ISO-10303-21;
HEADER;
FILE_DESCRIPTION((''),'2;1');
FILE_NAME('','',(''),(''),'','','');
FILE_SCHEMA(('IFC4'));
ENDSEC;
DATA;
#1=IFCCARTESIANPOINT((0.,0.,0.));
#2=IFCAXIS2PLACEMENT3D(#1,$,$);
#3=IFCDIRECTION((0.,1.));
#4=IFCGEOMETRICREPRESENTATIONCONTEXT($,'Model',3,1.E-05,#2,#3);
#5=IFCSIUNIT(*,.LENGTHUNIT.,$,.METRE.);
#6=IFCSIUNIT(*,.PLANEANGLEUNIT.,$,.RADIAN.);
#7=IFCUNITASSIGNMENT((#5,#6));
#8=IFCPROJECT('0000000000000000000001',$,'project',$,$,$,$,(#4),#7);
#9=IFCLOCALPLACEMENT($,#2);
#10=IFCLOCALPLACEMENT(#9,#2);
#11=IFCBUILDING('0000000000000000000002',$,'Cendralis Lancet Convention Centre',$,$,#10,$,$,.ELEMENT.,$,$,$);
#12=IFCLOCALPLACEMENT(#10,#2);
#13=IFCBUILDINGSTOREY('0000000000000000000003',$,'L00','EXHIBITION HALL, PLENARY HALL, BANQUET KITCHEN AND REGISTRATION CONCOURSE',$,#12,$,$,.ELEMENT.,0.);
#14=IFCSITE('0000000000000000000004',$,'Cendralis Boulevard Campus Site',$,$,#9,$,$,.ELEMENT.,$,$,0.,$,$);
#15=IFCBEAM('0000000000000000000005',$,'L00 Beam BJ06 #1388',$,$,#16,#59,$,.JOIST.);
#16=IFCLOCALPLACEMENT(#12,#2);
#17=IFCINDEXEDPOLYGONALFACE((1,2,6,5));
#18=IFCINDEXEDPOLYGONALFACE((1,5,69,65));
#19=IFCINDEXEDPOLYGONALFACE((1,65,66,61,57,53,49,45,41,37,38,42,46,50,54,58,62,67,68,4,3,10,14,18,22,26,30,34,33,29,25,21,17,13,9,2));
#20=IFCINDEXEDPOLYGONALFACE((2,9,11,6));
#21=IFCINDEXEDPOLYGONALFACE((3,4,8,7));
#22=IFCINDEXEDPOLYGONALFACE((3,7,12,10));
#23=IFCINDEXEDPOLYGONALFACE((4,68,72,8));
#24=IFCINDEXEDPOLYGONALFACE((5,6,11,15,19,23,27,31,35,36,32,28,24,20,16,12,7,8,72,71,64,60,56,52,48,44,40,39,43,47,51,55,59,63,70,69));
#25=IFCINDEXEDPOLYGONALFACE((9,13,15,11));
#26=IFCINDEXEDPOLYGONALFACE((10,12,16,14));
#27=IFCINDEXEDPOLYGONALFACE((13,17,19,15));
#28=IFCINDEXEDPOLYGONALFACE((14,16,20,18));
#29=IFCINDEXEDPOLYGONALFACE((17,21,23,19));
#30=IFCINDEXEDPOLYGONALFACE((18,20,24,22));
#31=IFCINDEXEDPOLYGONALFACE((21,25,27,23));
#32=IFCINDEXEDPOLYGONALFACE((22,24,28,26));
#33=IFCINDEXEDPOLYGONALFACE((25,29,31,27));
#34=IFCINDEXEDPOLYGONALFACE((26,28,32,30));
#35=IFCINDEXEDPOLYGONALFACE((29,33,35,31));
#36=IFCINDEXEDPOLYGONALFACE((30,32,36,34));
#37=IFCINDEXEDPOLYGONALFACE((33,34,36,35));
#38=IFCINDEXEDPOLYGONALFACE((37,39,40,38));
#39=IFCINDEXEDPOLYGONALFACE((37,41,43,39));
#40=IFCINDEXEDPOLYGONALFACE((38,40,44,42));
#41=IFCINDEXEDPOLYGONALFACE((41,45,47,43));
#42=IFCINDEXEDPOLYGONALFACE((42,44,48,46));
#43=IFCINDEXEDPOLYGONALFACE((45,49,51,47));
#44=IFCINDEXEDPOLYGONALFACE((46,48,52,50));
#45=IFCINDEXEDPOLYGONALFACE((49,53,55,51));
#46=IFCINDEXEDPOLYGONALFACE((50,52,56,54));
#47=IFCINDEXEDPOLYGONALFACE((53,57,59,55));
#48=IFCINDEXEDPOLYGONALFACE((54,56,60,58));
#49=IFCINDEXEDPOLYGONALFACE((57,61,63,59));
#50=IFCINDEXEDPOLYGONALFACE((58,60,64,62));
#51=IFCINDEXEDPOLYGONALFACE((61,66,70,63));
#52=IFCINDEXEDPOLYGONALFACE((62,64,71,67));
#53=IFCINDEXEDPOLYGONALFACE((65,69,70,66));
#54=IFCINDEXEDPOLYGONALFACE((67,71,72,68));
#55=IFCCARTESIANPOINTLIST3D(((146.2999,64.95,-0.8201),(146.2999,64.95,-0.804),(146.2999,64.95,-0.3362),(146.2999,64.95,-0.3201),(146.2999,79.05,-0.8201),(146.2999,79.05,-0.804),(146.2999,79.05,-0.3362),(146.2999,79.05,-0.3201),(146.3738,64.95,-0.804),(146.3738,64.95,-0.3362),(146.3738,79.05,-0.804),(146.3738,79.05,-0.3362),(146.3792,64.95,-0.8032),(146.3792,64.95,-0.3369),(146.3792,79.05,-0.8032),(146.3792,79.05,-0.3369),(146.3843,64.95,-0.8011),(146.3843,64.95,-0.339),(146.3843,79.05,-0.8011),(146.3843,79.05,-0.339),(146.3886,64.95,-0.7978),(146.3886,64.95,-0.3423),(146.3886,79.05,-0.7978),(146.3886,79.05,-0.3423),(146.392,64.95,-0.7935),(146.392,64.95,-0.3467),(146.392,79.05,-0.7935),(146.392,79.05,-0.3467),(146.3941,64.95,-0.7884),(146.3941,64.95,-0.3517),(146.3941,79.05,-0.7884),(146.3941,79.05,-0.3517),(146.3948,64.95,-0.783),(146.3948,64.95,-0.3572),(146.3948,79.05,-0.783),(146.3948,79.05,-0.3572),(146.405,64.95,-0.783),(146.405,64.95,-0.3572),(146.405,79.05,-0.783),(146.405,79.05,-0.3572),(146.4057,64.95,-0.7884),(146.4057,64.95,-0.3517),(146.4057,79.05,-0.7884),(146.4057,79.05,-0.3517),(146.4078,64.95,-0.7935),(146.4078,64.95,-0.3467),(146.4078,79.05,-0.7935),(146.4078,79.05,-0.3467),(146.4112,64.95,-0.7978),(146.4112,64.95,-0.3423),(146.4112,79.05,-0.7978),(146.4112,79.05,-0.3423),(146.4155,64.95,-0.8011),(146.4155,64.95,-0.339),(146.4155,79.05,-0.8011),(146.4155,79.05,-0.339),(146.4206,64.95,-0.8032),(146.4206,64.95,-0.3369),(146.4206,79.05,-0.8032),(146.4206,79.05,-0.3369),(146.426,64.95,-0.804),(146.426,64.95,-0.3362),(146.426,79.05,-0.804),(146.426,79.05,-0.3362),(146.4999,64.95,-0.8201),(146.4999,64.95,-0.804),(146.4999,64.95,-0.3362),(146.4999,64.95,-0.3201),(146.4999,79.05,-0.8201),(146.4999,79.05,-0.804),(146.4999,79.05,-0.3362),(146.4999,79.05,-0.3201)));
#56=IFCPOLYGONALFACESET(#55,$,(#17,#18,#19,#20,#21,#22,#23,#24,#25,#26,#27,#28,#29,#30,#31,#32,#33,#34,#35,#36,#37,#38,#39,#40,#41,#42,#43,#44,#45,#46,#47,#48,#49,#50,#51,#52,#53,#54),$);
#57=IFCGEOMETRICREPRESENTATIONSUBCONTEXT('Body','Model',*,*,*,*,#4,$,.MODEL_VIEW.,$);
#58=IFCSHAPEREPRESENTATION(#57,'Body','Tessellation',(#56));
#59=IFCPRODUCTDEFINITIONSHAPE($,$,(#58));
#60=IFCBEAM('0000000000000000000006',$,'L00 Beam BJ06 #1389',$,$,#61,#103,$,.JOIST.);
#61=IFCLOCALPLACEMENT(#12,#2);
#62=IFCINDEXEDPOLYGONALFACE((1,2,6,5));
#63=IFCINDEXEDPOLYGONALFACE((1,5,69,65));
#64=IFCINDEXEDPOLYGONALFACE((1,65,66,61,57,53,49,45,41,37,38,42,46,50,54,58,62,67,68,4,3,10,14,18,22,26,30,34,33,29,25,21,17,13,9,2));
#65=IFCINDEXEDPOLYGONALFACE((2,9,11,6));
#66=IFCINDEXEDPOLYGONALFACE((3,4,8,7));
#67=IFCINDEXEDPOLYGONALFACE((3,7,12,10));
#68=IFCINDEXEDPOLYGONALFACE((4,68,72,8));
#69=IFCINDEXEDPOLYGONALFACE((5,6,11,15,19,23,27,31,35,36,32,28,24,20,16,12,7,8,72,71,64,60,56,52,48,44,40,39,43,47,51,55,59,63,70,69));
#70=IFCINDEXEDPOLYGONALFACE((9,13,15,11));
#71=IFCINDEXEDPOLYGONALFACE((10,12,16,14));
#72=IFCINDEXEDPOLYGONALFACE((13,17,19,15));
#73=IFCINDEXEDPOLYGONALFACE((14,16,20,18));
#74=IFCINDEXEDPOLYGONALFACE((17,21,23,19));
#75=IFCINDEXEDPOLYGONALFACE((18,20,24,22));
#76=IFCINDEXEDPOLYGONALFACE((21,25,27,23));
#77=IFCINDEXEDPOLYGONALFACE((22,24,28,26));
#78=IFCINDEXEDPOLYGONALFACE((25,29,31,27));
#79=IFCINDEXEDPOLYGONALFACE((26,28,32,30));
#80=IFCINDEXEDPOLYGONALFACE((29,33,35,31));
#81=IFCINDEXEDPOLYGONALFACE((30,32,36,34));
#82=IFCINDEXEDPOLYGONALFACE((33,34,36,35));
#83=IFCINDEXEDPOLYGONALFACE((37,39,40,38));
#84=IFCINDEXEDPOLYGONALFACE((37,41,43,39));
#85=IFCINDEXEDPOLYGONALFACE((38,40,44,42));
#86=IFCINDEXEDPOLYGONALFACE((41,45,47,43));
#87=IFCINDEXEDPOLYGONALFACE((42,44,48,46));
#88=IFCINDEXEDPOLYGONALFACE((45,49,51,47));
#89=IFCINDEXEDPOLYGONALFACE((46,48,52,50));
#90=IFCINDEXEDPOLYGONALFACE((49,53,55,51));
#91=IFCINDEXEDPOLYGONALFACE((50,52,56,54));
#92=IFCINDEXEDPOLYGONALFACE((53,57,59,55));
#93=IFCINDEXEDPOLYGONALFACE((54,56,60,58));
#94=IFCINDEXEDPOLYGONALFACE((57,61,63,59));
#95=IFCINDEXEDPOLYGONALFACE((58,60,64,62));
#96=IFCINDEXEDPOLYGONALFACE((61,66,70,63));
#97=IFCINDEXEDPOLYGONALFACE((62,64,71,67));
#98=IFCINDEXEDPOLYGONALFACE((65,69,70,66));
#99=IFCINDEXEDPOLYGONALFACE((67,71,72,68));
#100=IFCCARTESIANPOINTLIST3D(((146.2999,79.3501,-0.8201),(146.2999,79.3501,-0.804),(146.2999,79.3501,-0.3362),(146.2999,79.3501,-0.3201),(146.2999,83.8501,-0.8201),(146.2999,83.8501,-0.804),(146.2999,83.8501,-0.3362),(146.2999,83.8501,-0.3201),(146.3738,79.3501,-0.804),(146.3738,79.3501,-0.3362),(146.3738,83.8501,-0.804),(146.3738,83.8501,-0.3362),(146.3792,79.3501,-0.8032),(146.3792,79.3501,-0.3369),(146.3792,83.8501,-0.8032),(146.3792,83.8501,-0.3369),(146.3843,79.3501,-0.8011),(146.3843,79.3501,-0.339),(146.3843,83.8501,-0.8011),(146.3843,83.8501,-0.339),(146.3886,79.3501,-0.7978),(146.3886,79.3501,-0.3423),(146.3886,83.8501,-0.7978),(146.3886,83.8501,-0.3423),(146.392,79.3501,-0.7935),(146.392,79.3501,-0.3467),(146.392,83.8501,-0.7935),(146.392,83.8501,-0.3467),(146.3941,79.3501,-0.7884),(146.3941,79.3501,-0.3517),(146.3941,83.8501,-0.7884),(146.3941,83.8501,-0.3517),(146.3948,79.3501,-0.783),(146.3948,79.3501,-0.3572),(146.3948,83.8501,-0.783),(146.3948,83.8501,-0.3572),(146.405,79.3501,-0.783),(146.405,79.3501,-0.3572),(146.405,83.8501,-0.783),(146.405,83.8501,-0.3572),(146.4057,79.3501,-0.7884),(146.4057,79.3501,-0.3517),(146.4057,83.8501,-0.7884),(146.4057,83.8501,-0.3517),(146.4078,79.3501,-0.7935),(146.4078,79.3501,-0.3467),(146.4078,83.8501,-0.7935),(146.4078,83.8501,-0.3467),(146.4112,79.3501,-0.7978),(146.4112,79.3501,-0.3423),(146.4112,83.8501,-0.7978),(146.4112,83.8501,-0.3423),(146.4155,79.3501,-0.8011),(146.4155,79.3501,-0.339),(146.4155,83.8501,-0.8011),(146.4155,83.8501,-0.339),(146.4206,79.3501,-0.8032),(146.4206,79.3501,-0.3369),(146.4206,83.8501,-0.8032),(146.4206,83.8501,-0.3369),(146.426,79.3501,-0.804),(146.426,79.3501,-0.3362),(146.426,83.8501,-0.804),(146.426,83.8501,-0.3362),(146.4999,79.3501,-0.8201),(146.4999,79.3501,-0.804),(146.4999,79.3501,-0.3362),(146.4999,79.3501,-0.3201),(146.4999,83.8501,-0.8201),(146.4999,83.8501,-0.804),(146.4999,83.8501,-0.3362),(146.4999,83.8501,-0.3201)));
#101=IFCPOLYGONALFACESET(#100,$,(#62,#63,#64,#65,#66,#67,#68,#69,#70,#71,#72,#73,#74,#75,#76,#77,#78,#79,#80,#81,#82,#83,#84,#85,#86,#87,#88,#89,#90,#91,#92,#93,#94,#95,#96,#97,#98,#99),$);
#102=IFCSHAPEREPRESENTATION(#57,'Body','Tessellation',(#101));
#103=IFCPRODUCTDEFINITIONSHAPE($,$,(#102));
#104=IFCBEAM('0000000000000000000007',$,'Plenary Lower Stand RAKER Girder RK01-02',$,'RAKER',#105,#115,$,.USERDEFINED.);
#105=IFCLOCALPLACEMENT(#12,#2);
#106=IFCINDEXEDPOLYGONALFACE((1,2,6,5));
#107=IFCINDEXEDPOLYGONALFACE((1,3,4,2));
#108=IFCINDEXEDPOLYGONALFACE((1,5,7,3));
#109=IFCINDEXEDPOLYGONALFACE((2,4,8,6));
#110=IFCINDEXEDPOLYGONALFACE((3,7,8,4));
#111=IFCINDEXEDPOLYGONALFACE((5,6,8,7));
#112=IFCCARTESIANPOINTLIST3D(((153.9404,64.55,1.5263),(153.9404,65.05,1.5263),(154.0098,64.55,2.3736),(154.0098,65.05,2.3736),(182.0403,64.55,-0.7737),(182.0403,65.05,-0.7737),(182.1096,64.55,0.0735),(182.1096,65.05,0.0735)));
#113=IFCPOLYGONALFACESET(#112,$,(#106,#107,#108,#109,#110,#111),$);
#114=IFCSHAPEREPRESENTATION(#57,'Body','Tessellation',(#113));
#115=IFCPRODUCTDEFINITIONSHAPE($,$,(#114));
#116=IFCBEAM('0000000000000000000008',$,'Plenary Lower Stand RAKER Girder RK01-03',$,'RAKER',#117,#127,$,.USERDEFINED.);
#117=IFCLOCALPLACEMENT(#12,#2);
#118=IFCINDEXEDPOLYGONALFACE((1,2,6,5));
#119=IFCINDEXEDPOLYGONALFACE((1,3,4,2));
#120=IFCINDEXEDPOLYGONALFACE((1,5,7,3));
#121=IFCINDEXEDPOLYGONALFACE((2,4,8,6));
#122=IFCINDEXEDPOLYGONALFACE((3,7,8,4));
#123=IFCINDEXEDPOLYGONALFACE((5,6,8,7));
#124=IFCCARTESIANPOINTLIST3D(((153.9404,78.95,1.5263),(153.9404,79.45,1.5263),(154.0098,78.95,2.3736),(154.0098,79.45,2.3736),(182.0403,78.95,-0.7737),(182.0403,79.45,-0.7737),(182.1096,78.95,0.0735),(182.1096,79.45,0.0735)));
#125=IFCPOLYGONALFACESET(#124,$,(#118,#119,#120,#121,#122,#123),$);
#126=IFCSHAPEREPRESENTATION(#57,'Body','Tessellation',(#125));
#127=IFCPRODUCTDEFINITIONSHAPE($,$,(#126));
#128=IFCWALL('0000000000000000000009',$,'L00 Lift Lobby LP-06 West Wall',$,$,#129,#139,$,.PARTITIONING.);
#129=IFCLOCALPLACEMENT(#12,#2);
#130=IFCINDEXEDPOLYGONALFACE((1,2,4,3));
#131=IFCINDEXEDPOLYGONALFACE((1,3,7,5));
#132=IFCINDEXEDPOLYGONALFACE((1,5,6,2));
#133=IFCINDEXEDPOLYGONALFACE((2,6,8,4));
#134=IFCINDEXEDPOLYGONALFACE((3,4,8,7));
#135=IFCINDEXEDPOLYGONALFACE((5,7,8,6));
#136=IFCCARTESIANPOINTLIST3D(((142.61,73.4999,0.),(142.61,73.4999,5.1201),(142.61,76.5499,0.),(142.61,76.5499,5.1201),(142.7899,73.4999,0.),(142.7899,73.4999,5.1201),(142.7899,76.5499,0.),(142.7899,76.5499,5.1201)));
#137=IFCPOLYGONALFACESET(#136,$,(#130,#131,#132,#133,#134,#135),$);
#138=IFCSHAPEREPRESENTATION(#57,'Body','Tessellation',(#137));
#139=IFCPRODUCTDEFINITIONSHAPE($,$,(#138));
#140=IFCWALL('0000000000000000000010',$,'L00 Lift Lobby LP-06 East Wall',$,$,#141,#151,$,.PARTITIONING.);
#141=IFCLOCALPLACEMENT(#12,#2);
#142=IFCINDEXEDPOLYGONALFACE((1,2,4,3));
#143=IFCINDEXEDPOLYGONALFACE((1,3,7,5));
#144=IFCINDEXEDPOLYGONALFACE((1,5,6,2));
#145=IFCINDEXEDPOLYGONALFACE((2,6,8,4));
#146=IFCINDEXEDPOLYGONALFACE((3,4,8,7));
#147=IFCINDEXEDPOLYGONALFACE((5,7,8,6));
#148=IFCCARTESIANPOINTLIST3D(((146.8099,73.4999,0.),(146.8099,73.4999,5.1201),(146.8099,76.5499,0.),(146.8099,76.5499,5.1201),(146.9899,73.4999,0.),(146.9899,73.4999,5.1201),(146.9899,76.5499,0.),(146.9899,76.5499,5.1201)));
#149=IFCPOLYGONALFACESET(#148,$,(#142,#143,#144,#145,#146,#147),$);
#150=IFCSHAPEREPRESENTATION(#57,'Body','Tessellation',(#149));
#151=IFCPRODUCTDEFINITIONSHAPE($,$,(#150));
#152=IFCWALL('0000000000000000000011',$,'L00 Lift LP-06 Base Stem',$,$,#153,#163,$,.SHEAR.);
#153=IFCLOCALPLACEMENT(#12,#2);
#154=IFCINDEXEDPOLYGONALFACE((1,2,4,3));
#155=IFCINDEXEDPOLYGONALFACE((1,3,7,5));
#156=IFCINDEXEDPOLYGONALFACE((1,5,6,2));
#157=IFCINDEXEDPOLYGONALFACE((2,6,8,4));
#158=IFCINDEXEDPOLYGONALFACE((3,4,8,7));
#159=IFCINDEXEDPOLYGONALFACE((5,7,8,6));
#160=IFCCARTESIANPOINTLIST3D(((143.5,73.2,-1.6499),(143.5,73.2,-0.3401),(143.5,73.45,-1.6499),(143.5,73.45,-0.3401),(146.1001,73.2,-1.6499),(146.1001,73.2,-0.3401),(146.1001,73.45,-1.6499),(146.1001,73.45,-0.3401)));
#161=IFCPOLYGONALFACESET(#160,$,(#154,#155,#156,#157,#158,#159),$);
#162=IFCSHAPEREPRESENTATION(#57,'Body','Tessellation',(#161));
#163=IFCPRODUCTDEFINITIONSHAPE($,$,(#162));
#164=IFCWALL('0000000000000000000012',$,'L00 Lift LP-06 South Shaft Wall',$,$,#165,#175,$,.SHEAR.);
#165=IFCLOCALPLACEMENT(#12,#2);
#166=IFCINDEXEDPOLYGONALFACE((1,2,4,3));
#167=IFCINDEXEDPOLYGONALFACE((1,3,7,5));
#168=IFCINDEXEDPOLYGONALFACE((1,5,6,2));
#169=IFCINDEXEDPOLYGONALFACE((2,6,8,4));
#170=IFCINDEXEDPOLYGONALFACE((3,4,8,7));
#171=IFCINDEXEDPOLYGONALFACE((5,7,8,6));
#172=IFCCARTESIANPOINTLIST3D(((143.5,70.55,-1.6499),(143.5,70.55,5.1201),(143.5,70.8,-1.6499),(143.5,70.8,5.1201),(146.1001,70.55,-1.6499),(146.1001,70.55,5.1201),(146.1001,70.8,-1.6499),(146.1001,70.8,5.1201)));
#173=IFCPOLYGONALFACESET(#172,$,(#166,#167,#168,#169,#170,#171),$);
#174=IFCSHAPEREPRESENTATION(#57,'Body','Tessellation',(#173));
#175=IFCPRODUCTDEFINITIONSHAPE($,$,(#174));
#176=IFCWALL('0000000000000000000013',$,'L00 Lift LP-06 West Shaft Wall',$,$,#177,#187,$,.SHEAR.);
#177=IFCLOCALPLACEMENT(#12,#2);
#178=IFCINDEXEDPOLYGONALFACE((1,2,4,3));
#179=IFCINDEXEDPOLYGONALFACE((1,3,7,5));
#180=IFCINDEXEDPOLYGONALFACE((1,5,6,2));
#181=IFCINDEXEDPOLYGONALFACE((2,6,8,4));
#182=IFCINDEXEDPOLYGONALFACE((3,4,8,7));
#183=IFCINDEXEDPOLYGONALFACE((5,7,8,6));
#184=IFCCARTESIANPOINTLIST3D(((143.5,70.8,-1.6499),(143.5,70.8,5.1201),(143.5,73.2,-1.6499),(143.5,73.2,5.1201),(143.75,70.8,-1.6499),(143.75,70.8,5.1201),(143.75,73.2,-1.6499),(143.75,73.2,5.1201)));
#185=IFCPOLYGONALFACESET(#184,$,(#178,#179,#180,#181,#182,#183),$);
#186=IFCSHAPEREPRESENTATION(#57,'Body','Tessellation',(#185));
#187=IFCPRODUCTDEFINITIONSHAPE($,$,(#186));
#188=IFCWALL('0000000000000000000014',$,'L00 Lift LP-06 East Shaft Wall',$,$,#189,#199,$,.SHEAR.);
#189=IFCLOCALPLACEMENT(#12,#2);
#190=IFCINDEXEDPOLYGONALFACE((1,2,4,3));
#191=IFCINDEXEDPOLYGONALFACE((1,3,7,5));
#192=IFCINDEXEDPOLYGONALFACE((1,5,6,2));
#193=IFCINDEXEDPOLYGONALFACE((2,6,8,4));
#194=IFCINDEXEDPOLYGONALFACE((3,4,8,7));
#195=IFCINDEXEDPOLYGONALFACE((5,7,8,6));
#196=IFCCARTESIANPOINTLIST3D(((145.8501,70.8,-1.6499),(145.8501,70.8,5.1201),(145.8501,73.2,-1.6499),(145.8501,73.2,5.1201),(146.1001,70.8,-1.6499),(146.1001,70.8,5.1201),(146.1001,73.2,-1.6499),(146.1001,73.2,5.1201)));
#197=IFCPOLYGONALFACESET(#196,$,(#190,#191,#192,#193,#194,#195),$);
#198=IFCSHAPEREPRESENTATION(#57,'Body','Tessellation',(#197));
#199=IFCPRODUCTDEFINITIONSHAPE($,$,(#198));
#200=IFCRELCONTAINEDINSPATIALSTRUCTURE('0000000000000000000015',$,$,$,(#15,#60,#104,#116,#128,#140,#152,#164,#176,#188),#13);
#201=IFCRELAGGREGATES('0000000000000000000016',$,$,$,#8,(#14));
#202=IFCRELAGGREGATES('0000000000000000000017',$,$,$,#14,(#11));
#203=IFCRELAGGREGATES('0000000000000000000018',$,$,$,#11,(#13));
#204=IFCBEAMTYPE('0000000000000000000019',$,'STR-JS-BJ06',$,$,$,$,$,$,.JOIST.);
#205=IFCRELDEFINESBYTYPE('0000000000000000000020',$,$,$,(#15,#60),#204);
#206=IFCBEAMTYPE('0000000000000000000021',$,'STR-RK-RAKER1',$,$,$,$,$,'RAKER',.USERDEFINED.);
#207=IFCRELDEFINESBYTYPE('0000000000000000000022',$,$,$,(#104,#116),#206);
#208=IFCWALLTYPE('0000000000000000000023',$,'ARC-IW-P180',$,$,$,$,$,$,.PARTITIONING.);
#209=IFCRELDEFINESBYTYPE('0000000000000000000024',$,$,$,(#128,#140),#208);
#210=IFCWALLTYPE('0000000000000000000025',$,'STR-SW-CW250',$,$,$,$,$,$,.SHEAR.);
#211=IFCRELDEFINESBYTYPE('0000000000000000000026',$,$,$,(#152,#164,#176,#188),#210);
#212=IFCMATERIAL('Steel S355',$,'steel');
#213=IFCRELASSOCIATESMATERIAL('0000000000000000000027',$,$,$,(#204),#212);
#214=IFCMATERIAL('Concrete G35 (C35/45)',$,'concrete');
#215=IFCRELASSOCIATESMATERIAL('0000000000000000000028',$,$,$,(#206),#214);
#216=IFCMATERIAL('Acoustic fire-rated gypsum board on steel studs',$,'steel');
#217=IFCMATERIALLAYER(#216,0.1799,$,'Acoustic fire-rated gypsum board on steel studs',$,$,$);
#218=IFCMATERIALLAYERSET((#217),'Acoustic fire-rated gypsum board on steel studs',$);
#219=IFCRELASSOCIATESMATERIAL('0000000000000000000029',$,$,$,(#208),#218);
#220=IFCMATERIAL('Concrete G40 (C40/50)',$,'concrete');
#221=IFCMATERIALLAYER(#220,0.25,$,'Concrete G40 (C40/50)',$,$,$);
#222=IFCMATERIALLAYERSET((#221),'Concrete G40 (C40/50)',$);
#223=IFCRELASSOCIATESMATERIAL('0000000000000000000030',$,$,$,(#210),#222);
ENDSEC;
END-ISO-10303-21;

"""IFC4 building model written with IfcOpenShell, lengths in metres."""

from ifc_helpers import new_model, si_unit, direction, frame, frame_2d, origin, origin_2d, place, context, subcontext, project, spatial, rectangle, i_section, extrude, material, layer, layer_set, material_profile, profile_set, type_object, element, save


model = new_model("IFC4")

# Units and contexts
model_context = context("Model", 3, precision=1e-05, world=origin(), true_north=direction((0.0, 1.0)))
body_context = subcontext(model_context, "Body", "Model", "MODEL_VIEW")
ifc_project = project(units=[si_unit("LENGTHUNIT", "METRE"), si_unit("PLANEANGLEUNIT", "RADIAN")], contexts=[model_context])

# Site, building, storey
site_placement = place(None, origin())
site = spatial("IfcSite", under=ifc_project, at=site_placement, Name="Cendralis Boulevard Campus Site", CompositionType="ELEMENT", RefElevation=0.0)
building_placement = place(site_placement, origin())
building = spatial("IfcBuilding", under=site, at=building_placement, Name="Cendralis Lancet Convention Centre", CompositionType="ELEMENT")
storey_placement = place(building_placement, origin())
storey = spatial("IfcBuildingStorey", under=building, at=storey_placement, Name="L00", Description="EXHIBITION HALL, PLENARY HALL, BANQUET KITCHEN AND REGISTRATION CONCOURSE", CompositionType="ELEMENT", Elevation=0.0)

# Shared definitions
ifc_material_1 = material(Name="Concrete G35 (C35/45)", Category="concrete")

# Shared definitions
ifc_material_2 = material(Name="Concrete G40 (C40/50)", Category="concrete")

# Beams
ifc_material_3 = material(Name="Steel S355", Category="steel")
ifc_material_profile_1 = material_profile(ifc_material_3, i_section(OverallWidth=0.2, OverallDepth=0.5, WebThickness=0.0103, FlangeThickness=0.0161, FilletRadius=0.021, at=origin_2d()), Name="IPE 500")
ifc_profile_set_1 = profile_set([ifc_material_profile_1], Name="Steel S355")
beam_type_1 = type_object("IfcBeamType", Name="STR-JS-BJ06", PredefinedType="JOIST", material=ifc_profile_set_1)
beam_1_placement = place(storey_placement, frame((146.3999, 64.95, -0.5701), z_axis=(0.0, 1.0, 0.0), x_axis=(-1.0, 0.0, 0.0)))
element("IfcBeam", 1, at=beam_1_placement, inside=storey, type_object=beam_type_1, Name="L00 Beam BJ06 #1388", PredefinedType="JOIST", context=body_context, shape_type="SweptSolid", body=[
    extrude(i_section(OverallWidth=0.2, OverallDepth=0.5, WebThickness=0.0103, FlangeThickness=0.0161, FilletRadius=0.021, at=origin_2d()), origin(), (0.0, 0.0, 1.0), 14.1001),
])
beam_2_placement = place(storey_placement, frame((146.3999, 79.3501, -0.5701), z_axis=(0.0, 1.0, 0.0), x_axis=(-1.0, 0.0, 0.0)))
element("IfcBeam", 2, at=beam_2_placement, inside=storey, type_object=beam_type_1, Name="L00 Beam BJ06 #1389", PredefinedType="JOIST", context=body_context, shape_type="SweptSolid", body=[
    extrude(i_section(OverallWidth=0.2, OverallDepth=0.5, WebThickness=0.0103, FlangeThickness=0.0161, FilletRadius=0.021, at=origin_2d()), origin(), (0.0, 0.0, 1.0), 4.5),
])
ifc_material_profile_2 = material_profile(ifc_material_1, rectangle(XDim=0.5, YDim=0.8501, at=origin_2d()), Name="RCB 500x850")
ifc_profile_set_2 = profile_set([ifc_material_profile_2], Name="Concrete G35 (C35/45)")
beam_type_2 = type_object("IfcBeamType", Name="STR-RK-RAKER1", ElementType="RAKER", PredefinedType="USERDEFINED", material=ifc_profile_set_2)
for number, where, z_axis, x_axis, name in (
    (3, (153.9751, 64.8, 1.95), (0.996667, 0.0, -0.08158), (0.0, 1.0, 0.0), "Plenary Lower Stand RAKER Girder RK01-02"),
    (4, (153.9751, 79.2, 1.95), (0.996667, 0.0, -0.08158), (0.0, 1.0, 0.0), "Plenary Lower Stand RAKER Girder RK01-03"),
):
    element("IfcBeam", number, at=place(storey_placement, frame(where, z_axis=z_axis, x_axis=x_axis)), inside=storey, type_object=beam_type_2, Name=name, ObjectType="RAKER", PredefinedType="USERDEFINED", context=body_context, shape_type="SweptSolid", body=[
        extrude(rectangle(XDim=0.5, YDim=0.8501, at=origin_2d()), origin(), (0.0, 0.0, 1.0), 28.1938),
    ])

# Shared definitions
ifc_material_4 = material(Name="Acoustic fire-rated gypsum board on steel studs", Category="steel")
ifc_layer_1 = layer(ifc_material_4, 0.1799, Name="Acoustic fire-rated gypsum board on steel studs")
ifc_layer_set_1 = layer_set([ifc_layer_1], Name="Acoustic fire-rated gypsum board on steel studs")
wall_type_1 = type_object("IfcWallType", Name="ARC-IW-P180", PredefinedType="PARTITIONING", material=ifc_layer_set_1)

# Walls
for number, where, z_axis, x_axis, name in (
    (5, (142.7, 73.5, 0.0), (0.0, 0.0, 1.0), (0.0, 1.0, 0.0), "L00 Lift Lobby LP-06 West Wall"),
    (6, (146.8999, 73.5, 0.0), (0.0, 0.0, 1.0), (0.0, 1.0, 0.0), "L00 Lift Lobby LP-06 East Wall"),
):
    element("IfcWall", number, at=place(storey_placement, frame(where, z_axis=z_axis, x_axis=x_axis)), inside=storey, type_object=wall_type_1, Name=name, PredefinedType="PARTITIONING", context=body_context, shape_type="SweptSolid", body=[
        extrude(rectangle(XDim=3.05, YDim=0.1799, at=frame_2d((1.5249, 0.0))), origin(), (0.0, 0.0, 1.0), 5.1201),
    ])
ifc_layer_2 = layer(ifc_material_2, 0.25, Name="Concrete G40 (C40/50)")
ifc_layer_set_2 = layer_set([ifc_layer_2], Name="Concrete G40 (C40/50)")
wall_type_2 = type_object("IfcWallType", Name="STR-SW-CW250", PredefinedType="SHEAR", material=ifc_layer_set_2)
wall_1_placement = place(storey_placement, frame((143.5, 73.325, -1.6499), z_axis=(0.0, 0.0, 1.0), x_axis=(1.0, 0.0, 0.0)))
element("IfcWall", 7, at=wall_1_placement, inside=storey, type_object=wall_type_2, Name="L00 Lift LP-06 Base Stem", PredefinedType="SHEAR", context=body_context, shape_type="SweptSolid", body=[
    extrude(rectangle(XDim=2.6001, YDim=0.25, at=frame_2d((1.3, 0.0))), origin(), (0.0, 0.0, 1.0), 1.3098),
])
wall_2_placement = place(storey_placement, frame((143.5, 70.675, -1.6499), z_axis=(0.0, 0.0, 1.0), x_axis=(1.0, 0.0, 0.0)))
element("IfcWall", 8, at=wall_2_placement, inside=storey, type_object=wall_type_2, Name="L00 Lift LP-06 South Shaft Wall", PredefinedType="SHEAR", context=body_context, shape_type="SweptSolid", body=[
    extrude(rectangle(XDim=2.6001, YDim=0.25, at=frame_2d((1.3, 0.0))), origin(), (0.0, 0.0, 1.0), 6.77),
])

# Walls
for number, where, z_axis, x_axis, name in (
    (9, (143.625, 70.8, -1.6499), (0.0, 0.0, 1.0), (0.0, 1.0, 0.0), "L00 Lift LP-06 West Shaft Wall"),
    (10, (145.9751, 70.8, -1.6499), (0.0, 0.0, 1.0), (0.0, 1.0, 0.0), "L00 Lift LP-06 East Shaft Wall"),
):
    element("IfcWall", number, at=place(storey_placement, frame(where, z_axis=z_axis, x_axis=x_axis)), inside=storey, type_object=wall_type_2, Name=name, PredefinedType="SHEAR", context=body_context, shape_type="SweptSolid", body=[
        extrude(rectangle(XDim=2.3999, YDim=0.25, at=frame_2d((1.2, 0.0))), origin(), (0.0, 0.0, 1.0), 6.77),
    ])

save(model, "model.ifc")
